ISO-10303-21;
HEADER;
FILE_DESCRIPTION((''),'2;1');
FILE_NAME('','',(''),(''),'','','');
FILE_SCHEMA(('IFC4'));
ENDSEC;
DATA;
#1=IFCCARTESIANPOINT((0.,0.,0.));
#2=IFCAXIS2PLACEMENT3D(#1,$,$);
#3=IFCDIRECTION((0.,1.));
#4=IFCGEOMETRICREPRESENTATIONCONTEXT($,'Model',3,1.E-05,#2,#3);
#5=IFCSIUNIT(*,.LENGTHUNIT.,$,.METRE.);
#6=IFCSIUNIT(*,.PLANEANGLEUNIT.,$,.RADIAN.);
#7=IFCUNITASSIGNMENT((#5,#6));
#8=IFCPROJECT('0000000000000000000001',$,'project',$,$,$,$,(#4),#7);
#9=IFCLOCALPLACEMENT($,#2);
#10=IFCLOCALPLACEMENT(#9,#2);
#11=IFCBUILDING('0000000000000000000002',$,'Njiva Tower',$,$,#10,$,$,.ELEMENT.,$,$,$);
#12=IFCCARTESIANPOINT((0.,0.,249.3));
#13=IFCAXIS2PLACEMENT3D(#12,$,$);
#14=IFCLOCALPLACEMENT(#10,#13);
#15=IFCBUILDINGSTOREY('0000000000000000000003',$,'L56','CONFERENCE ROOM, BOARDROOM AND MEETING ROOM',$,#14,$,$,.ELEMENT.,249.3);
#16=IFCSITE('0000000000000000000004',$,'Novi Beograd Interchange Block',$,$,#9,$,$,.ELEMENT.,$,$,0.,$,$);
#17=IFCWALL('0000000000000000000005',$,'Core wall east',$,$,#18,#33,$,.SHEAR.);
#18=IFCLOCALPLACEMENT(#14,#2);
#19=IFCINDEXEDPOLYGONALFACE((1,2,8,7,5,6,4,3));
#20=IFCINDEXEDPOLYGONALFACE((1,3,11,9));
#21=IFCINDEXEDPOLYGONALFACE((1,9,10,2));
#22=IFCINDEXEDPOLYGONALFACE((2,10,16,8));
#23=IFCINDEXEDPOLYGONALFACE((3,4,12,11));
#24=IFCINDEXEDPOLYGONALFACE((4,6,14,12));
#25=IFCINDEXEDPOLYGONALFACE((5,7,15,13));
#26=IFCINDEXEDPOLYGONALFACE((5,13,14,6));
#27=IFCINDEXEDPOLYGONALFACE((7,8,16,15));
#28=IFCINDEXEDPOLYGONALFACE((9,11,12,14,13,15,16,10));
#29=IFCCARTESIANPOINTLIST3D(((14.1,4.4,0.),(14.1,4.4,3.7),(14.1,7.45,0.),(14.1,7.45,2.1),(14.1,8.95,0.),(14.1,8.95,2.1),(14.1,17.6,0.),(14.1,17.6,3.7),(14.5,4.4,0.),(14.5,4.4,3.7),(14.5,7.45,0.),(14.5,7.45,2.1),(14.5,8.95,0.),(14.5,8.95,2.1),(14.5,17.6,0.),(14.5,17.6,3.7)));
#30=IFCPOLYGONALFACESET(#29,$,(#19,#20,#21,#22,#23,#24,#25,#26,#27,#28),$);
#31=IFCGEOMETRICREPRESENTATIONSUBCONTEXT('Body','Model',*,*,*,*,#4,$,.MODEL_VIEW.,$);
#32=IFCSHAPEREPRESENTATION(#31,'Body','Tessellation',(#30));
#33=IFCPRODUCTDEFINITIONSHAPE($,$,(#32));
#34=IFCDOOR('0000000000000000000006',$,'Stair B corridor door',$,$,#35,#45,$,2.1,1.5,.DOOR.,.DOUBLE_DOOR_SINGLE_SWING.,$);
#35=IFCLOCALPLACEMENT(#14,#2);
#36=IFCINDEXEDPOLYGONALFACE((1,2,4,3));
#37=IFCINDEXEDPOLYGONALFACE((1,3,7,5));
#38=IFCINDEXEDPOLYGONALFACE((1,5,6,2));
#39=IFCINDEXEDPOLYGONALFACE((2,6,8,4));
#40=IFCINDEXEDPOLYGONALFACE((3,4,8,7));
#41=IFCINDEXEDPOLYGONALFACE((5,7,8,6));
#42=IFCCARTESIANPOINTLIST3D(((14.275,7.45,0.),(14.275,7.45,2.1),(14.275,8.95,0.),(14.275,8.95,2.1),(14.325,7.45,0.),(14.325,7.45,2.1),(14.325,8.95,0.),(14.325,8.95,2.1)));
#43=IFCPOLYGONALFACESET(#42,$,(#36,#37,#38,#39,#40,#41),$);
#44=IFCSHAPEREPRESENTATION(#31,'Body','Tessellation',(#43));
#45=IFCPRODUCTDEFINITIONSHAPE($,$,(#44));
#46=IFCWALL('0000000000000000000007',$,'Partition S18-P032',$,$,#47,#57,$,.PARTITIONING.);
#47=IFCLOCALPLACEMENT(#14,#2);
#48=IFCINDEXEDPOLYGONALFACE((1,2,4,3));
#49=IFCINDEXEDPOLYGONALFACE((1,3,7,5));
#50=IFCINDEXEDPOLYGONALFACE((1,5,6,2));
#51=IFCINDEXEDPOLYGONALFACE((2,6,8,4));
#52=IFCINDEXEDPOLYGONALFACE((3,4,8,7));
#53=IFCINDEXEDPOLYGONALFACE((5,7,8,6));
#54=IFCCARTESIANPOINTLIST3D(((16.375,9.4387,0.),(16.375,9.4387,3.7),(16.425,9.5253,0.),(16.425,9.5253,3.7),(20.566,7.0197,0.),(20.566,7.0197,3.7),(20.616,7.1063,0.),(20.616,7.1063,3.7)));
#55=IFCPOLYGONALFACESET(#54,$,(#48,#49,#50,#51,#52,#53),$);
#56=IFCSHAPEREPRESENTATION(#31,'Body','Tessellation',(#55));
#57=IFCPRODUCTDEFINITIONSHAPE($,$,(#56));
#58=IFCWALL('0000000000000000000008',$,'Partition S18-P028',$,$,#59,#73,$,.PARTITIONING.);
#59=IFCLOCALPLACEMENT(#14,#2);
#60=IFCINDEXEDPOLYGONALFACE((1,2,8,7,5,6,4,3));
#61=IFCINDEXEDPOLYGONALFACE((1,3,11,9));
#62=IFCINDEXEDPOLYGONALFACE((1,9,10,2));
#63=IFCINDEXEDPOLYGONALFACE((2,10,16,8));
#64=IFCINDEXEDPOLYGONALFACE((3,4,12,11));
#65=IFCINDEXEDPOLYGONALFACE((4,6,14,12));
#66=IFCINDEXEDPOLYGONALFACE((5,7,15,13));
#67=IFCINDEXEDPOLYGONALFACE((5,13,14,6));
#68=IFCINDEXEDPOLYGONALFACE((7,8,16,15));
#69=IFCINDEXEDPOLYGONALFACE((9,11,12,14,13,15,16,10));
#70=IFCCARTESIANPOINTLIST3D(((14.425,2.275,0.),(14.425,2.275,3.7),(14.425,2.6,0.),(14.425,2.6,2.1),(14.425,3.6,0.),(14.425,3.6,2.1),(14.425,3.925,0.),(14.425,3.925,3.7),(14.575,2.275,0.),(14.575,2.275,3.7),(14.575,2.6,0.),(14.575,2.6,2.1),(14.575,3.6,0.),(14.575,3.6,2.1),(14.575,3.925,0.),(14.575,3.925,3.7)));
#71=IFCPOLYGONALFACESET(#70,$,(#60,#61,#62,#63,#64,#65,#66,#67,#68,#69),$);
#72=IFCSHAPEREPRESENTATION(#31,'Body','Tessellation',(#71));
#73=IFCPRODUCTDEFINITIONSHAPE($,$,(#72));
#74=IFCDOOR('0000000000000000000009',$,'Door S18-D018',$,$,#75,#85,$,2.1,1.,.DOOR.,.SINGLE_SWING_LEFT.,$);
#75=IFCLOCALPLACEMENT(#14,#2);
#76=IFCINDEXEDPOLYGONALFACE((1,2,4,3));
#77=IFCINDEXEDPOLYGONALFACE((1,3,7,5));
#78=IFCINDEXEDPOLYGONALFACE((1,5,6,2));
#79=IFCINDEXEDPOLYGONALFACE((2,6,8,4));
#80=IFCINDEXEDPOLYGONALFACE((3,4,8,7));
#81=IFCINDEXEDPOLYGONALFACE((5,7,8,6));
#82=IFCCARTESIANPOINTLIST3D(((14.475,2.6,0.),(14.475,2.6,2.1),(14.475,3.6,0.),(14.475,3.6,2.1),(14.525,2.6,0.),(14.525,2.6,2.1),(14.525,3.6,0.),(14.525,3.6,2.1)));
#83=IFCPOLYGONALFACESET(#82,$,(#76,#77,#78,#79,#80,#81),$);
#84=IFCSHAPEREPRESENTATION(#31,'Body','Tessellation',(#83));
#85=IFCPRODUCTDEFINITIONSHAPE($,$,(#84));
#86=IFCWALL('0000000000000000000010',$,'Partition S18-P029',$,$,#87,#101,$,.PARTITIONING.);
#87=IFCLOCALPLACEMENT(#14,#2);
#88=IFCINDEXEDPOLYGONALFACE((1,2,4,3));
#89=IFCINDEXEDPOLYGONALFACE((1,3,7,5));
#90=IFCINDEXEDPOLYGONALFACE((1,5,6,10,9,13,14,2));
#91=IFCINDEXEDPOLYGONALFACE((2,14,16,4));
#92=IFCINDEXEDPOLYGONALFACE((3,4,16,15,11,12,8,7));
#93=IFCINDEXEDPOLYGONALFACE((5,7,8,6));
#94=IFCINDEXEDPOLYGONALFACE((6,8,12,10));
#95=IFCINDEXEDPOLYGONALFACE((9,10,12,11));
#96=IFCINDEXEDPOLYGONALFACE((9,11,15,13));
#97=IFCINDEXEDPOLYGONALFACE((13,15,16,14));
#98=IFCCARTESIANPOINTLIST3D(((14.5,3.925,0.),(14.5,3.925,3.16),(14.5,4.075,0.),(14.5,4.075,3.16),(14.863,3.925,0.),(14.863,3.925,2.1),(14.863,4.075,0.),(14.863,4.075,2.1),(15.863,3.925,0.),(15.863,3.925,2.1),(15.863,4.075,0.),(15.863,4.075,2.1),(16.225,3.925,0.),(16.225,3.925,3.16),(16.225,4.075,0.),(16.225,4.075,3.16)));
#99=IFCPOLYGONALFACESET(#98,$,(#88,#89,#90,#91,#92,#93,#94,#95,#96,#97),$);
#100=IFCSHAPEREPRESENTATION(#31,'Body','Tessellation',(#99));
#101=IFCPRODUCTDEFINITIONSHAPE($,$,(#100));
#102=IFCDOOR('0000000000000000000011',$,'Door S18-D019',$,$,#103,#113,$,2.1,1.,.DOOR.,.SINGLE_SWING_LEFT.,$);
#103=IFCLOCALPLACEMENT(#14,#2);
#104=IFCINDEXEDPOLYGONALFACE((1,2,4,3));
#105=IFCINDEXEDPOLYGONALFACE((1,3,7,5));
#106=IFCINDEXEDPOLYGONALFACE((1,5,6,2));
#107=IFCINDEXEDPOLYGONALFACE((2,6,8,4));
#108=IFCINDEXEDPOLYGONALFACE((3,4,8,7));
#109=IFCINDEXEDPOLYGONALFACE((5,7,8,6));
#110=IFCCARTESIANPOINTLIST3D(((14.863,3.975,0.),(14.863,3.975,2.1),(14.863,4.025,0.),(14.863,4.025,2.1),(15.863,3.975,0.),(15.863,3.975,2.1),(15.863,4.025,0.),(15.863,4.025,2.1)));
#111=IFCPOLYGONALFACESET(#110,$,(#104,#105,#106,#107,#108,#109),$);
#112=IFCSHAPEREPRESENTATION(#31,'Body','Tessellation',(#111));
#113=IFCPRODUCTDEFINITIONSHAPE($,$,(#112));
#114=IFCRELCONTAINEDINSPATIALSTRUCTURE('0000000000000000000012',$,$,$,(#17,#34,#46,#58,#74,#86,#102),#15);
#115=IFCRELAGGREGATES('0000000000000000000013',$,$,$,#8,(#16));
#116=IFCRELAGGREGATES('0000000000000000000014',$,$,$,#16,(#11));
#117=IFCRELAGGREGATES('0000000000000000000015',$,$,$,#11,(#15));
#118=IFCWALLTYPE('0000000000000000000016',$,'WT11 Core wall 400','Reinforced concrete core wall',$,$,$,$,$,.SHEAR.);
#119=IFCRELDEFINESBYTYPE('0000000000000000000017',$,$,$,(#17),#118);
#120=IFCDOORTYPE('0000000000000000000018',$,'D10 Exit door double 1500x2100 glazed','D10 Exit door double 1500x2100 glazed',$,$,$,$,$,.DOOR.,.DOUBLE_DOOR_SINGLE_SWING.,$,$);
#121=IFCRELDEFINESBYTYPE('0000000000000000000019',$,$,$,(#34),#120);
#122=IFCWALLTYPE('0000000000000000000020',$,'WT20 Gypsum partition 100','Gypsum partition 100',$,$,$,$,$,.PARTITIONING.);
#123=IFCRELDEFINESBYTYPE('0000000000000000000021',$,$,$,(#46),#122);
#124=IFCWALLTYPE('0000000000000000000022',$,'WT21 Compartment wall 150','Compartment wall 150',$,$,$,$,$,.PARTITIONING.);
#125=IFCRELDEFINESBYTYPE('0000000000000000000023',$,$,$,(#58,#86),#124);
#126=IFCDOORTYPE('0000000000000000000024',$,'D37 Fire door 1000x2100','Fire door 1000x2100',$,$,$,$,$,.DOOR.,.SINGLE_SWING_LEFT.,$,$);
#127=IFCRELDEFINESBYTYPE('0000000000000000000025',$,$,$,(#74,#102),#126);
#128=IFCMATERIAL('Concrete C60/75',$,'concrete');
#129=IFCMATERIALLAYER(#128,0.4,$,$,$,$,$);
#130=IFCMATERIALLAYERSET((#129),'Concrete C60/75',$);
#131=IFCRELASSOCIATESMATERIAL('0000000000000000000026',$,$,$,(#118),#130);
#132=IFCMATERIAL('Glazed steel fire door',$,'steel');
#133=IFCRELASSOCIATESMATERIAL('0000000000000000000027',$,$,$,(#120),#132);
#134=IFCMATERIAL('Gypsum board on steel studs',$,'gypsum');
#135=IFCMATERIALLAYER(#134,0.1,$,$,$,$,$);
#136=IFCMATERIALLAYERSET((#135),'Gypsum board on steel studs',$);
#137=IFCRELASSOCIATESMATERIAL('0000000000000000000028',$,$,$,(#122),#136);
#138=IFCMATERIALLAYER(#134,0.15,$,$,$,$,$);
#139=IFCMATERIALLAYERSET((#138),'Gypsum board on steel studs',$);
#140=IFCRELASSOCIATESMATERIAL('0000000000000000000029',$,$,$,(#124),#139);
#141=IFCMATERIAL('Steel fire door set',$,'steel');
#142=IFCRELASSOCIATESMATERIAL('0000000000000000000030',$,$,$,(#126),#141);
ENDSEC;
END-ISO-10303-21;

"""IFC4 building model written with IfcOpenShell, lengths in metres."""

from ifc_helpers import new_model, si_unit, direction, frame, frame_2d, origin, place, context, subcontext, project, spatial, rectangle, extrude, material, layer, layer_set, type_object, element, fill, save


model = new_model("IFC4")

# Units and contexts
model_context = context("Model", 3, precision=1e-05, world=origin(), true_north=direction((0.0, 1.0)))
body_context = subcontext(model_context, "Body", "Model", "MODEL_VIEW")
ifc_project = project(units=[si_unit("LENGTHUNIT", "METRE"), si_unit("PLANEANGLEUNIT", "RADIAN")], contexts=[model_context])

# Site, building, storey
site_placement = place(None, origin())
site = spatial("IfcSite", under=ifc_project, at=site_placement, Name="Novi Beograd Interchange Block", CompositionType="ELEMENT", RefElevation=0.0)
building_placement = place(site_placement, origin())
building = spatial("IfcBuilding", under=site, at=building_placement, Name="Njiva Tower", CompositionType="ELEMENT")
storey_placement = place(building_placement, frame((0.0, 0.0, 249.3)))
storey = spatial("IfcBuildingStorey", under=building, at=storey_placement, Name="L56", Description="CONFERENCE ROOM, BOARDROOM AND MEETING ROOM", CompositionType="ELEMENT", Elevation=249.3)

# Wall, opening, door
ifc_material_1 = material(Name="Concrete C60/75", Category="concrete")
ifc_layer_1 = layer(ifc_material_1, 0.4)
ifc_layer_set_1 = layer_set([ifc_layer_1], Name="Concrete C60/75")
wall_type_1 = type_object("IfcWallType", Name="WT11 Core wall 400", Description="Reinforced concrete core wall", PredefinedType="SHEAR", material=ifc_layer_set_1)
wall_1_placement = place(storey_placement, frame((14.3, 4.4, 0.0), z_axis=(0.0, 0.0, 1.0), x_axis=(0.0, 1.0, 0.0)))
wall_1 = element("IfcWall", 1, at=wall_1_placement, inside=storey, type_object=wall_type_1, Name="Core wall east", PredefinedType="SHEAR", context=body_context, shape_type="SweptSolid", body=[
    extrude(rectangle(XDim=13.2, YDim=0.4, at=frame_2d((6.6, 0.0))), origin(), (0.0, 0.0, 1.0), 3.7),
])
opening_1_placement = place(wall_1_placement, frame((3.05, 0.0, 0.0)))
opening_1 = element("IfcOpeningElement", 2, at=opening_1_placement, cuts=wall_1, PredefinedType="OPENING", context=body_context, shape_type="SweptSolid", body=[
    extrude(rectangle(XDim=1.5, YDim=2.1, at=frame_2d((0.75, 1.05))), frame((0.0, 0.21, 0.0), z_axis=(0.0, -1.0, 0.0), x_axis=(1.0, 0.0, 0.0)), (0.0, 0.0, 1.0), 0.42),
])
ifc_material_2 = material(Name="Glazed steel fire door", Category="steel")
door_type_1 = type_object("IfcDoorType", Name="D10 Exit door double 1500x2100 glazed", Description="D10 Exit door double 1500x2100 glazed", OperationType="DOUBLE_DOOR_SINGLE_SWING", PredefinedType="DOOR", material=ifc_material_2)
door_1_placement = place(opening_1_placement, origin())
door_1 = element("IfcDoor", 3, at=door_1_placement, inside=storey, type_object=door_type_1, Name="Stair B corridor door", OperationType="DOUBLE_DOOR_SINGLE_SWING", OverallHeight=2.1, OverallWidth=1.5, PredefinedType="DOOR", context=body_context, shape_type="SweptSolid", body=[
    extrude(rectangle(XDim=1.5, YDim=2.1, at=frame_2d((0.75, 1.05))), frame((0.0, 0.025, 0.0), z_axis=(0.0, -1.0, 0.0), x_axis=(1.0, 0.0, 0.0)), (0.0, 0.0, 1.0), 0.05),
])
fill(opening_1, door_1)

# Wall
ifc_material_3 = material(Name="Gypsum board on steel studs", Category="gypsum")
ifc_layer_2 = layer(ifc_material_3, 0.1)
ifc_layer_set_2 = layer_set([ifc_layer_2], Name="Gypsum board on steel studs")
wall_type_2 = type_object("IfcWallType", Name="WT20 Gypsum partition 100", Description="Gypsum partition 100", PredefinedType="PARTITIONING", material=ifc_layer_set_2)
wall_2_placement = place(storey_placement, frame((16.4, 9.482, 0.0), z_axis=(0.0, 0.0, 1.0), x_axis=(0.866086, -0.499895, 0.0)))
element("IfcWall", 4, at=wall_2_placement, inside=storey, type_object=wall_type_2, Name="Partition S18-P032", PredefinedType="PARTITIONING", context=body_context, shape_type="SweptSolid", body=[
    extrude(rectangle(XDim=4.839, YDim=0.1, at=frame_2d((2.4195, 0.0))), origin(), (0.0, 0.0, 1.0), 3.7),
])

# Walls, openings, doors
ifc_layer_3 = layer(ifc_material_3, 0.15)
ifc_layer_set_3 = layer_set([ifc_layer_3], Name="Gypsum board on steel studs")
wall_type_3 = type_object("IfcWallType", Name="WT21 Compartment wall 150", Description="Compartment wall 150", PredefinedType="PARTITIONING", material=ifc_layer_set_3)
wall_3_placement = place(storey_placement, frame((14.5, 2.275, 0.0), z_axis=(0.0, 0.0, 1.0), x_axis=(0.0, 1.0, 0.0)))
wall_3 = element("IfcWall", 5, at=wall_3_placement, inside=storey, type_object=wall_type_3, Name="Partition S18-P028", PredefinedType="PARTITIONING", context=body_context, shape_type="SweptSolid", body=[
    extrude(rectangle(XDim=1.65, YDim=0.15, at=frame_2d((0.825, 0.0))), origin(), (0.0, 0.0, 1.0), 3.7),
])
opening_2_placement = place(wall_3_placement, frame((0.325, 0.0, 0.0)))
opening_2 = element("IfcOpeningElement", 6, at=opening_2_placement, cuts=wall_3, PredefinedType="OPENING", context=body_context, shape_type="SweptSolid", body=[
    extrude(rectangle(XDim=1.0, YDim=2.1, at=frame_2d((0.5, 1.05))), frame((0.0, 0.085, 0.0), z_axis=(0.0, -1.0, 0.0), x_axis=(1.0, 0.0, 0.0)), (0.0, 0.0, 1.0), 0.17),
])
ifc_material_4 = material(Name="Steel fire door set", Category="steel")
door_type_2 = type_object("IfcDoorType", Name="D37 Fire door 1000x2100", Description="Fire door 1000x2100", OperationType="SINGLE_SWING_LEFT", PredefinedType="DOOR", material=ifc_material_4)
door_2_placement = place(opening_2_placement, origin())
door_2 = element("IfcDoor", 7, at=door_2_placement, inside=storey, type_object=door_type_2, Name="Door S18-D018", OperationType="SINGLE_SWING_LEFT", OverallHeight=2.1, OverallWidth=1.0, PredefinedType="DOOR", context=body_context, shape_type="SweptSolid", body=[
    extrude(rectangle(XDim=1.0, YDim=2.1, at=frame_2d((0.5, 1.05))), frame((0.0, 0.025, 0.0), z_axis=(0.0, -1.0, 0.0), x_axis=(1.0, 0.0, 0.0)), (0.0, 0.0, 1.0), 0.05),
])
fill(opening_2, door_2)
wall_4_placement = place(storey_placement, frame((14.5, 4.0, 0.0), z_axis=(0.0, 0.0, 1.0), x_axis=(1.0, 0.0, 0.0)))
wall_4 = element("IfcWall", 8, at=wall_4_placement, inside=storey, type_object=wall_type_3, Name="Partition S18-P029", PredefinedType="PARTITIONING", context=body_context, shape_type="SweptSolid", body=[
    extrude(rectangle(XDim=1.725, YDim=0.15, at=frame_2d((0.8625, 0.0))), origin(), (0.0, 0.0, 1.0), 3.16),
])
opening_3_placement = place(wall_4_placement, frame((0.363, 0.0, 0.0)))
opening_3 = element("IfcOpeningElement", 9, at=opening_3_placement, cuts=wall_4, PredefinedType="OPENING", context=body_context, shape_type="SweptSolid", body=[
    extrude(rectangle(XDim=1.0, YDim=2.1, at=frame_2d((0.5, 1.05))), frame((0.0, 0.085, 0.0), z_axis=(0.0, -1.0, 0.0), x_axis=(1.0, 0.0, 0.0)), (0.0, 0.0, 1.0), 0.17),
])
door_3_placement = place(opening_3_placement, origin())
door_3 = element("IfcDoor", 10, at=door_3_placement, inside=storey, type_object=door_type_2, Name="Door S18-D019", OperationType="SINGLE_SWING_LEFT", OverallHeight=2.1, OverallWidth=1.0, PredefinedType="DOOR", context=body_context, shape_type="SweptSolid", body=[
    extrude(rectangle(XDim=1.0, YDim=2.1, at=frame_2d((0.5, 1.05))), frame((0.0, 0.025, 0.0), z_axis=(0.0, -1.0, 0.0), x_axis=(1.0, 0.0, 0.0)), (0.0, 0.0, 1.0), 0.05),
])
fill(opening_3, door_3)

save(model, "model.ifc")
